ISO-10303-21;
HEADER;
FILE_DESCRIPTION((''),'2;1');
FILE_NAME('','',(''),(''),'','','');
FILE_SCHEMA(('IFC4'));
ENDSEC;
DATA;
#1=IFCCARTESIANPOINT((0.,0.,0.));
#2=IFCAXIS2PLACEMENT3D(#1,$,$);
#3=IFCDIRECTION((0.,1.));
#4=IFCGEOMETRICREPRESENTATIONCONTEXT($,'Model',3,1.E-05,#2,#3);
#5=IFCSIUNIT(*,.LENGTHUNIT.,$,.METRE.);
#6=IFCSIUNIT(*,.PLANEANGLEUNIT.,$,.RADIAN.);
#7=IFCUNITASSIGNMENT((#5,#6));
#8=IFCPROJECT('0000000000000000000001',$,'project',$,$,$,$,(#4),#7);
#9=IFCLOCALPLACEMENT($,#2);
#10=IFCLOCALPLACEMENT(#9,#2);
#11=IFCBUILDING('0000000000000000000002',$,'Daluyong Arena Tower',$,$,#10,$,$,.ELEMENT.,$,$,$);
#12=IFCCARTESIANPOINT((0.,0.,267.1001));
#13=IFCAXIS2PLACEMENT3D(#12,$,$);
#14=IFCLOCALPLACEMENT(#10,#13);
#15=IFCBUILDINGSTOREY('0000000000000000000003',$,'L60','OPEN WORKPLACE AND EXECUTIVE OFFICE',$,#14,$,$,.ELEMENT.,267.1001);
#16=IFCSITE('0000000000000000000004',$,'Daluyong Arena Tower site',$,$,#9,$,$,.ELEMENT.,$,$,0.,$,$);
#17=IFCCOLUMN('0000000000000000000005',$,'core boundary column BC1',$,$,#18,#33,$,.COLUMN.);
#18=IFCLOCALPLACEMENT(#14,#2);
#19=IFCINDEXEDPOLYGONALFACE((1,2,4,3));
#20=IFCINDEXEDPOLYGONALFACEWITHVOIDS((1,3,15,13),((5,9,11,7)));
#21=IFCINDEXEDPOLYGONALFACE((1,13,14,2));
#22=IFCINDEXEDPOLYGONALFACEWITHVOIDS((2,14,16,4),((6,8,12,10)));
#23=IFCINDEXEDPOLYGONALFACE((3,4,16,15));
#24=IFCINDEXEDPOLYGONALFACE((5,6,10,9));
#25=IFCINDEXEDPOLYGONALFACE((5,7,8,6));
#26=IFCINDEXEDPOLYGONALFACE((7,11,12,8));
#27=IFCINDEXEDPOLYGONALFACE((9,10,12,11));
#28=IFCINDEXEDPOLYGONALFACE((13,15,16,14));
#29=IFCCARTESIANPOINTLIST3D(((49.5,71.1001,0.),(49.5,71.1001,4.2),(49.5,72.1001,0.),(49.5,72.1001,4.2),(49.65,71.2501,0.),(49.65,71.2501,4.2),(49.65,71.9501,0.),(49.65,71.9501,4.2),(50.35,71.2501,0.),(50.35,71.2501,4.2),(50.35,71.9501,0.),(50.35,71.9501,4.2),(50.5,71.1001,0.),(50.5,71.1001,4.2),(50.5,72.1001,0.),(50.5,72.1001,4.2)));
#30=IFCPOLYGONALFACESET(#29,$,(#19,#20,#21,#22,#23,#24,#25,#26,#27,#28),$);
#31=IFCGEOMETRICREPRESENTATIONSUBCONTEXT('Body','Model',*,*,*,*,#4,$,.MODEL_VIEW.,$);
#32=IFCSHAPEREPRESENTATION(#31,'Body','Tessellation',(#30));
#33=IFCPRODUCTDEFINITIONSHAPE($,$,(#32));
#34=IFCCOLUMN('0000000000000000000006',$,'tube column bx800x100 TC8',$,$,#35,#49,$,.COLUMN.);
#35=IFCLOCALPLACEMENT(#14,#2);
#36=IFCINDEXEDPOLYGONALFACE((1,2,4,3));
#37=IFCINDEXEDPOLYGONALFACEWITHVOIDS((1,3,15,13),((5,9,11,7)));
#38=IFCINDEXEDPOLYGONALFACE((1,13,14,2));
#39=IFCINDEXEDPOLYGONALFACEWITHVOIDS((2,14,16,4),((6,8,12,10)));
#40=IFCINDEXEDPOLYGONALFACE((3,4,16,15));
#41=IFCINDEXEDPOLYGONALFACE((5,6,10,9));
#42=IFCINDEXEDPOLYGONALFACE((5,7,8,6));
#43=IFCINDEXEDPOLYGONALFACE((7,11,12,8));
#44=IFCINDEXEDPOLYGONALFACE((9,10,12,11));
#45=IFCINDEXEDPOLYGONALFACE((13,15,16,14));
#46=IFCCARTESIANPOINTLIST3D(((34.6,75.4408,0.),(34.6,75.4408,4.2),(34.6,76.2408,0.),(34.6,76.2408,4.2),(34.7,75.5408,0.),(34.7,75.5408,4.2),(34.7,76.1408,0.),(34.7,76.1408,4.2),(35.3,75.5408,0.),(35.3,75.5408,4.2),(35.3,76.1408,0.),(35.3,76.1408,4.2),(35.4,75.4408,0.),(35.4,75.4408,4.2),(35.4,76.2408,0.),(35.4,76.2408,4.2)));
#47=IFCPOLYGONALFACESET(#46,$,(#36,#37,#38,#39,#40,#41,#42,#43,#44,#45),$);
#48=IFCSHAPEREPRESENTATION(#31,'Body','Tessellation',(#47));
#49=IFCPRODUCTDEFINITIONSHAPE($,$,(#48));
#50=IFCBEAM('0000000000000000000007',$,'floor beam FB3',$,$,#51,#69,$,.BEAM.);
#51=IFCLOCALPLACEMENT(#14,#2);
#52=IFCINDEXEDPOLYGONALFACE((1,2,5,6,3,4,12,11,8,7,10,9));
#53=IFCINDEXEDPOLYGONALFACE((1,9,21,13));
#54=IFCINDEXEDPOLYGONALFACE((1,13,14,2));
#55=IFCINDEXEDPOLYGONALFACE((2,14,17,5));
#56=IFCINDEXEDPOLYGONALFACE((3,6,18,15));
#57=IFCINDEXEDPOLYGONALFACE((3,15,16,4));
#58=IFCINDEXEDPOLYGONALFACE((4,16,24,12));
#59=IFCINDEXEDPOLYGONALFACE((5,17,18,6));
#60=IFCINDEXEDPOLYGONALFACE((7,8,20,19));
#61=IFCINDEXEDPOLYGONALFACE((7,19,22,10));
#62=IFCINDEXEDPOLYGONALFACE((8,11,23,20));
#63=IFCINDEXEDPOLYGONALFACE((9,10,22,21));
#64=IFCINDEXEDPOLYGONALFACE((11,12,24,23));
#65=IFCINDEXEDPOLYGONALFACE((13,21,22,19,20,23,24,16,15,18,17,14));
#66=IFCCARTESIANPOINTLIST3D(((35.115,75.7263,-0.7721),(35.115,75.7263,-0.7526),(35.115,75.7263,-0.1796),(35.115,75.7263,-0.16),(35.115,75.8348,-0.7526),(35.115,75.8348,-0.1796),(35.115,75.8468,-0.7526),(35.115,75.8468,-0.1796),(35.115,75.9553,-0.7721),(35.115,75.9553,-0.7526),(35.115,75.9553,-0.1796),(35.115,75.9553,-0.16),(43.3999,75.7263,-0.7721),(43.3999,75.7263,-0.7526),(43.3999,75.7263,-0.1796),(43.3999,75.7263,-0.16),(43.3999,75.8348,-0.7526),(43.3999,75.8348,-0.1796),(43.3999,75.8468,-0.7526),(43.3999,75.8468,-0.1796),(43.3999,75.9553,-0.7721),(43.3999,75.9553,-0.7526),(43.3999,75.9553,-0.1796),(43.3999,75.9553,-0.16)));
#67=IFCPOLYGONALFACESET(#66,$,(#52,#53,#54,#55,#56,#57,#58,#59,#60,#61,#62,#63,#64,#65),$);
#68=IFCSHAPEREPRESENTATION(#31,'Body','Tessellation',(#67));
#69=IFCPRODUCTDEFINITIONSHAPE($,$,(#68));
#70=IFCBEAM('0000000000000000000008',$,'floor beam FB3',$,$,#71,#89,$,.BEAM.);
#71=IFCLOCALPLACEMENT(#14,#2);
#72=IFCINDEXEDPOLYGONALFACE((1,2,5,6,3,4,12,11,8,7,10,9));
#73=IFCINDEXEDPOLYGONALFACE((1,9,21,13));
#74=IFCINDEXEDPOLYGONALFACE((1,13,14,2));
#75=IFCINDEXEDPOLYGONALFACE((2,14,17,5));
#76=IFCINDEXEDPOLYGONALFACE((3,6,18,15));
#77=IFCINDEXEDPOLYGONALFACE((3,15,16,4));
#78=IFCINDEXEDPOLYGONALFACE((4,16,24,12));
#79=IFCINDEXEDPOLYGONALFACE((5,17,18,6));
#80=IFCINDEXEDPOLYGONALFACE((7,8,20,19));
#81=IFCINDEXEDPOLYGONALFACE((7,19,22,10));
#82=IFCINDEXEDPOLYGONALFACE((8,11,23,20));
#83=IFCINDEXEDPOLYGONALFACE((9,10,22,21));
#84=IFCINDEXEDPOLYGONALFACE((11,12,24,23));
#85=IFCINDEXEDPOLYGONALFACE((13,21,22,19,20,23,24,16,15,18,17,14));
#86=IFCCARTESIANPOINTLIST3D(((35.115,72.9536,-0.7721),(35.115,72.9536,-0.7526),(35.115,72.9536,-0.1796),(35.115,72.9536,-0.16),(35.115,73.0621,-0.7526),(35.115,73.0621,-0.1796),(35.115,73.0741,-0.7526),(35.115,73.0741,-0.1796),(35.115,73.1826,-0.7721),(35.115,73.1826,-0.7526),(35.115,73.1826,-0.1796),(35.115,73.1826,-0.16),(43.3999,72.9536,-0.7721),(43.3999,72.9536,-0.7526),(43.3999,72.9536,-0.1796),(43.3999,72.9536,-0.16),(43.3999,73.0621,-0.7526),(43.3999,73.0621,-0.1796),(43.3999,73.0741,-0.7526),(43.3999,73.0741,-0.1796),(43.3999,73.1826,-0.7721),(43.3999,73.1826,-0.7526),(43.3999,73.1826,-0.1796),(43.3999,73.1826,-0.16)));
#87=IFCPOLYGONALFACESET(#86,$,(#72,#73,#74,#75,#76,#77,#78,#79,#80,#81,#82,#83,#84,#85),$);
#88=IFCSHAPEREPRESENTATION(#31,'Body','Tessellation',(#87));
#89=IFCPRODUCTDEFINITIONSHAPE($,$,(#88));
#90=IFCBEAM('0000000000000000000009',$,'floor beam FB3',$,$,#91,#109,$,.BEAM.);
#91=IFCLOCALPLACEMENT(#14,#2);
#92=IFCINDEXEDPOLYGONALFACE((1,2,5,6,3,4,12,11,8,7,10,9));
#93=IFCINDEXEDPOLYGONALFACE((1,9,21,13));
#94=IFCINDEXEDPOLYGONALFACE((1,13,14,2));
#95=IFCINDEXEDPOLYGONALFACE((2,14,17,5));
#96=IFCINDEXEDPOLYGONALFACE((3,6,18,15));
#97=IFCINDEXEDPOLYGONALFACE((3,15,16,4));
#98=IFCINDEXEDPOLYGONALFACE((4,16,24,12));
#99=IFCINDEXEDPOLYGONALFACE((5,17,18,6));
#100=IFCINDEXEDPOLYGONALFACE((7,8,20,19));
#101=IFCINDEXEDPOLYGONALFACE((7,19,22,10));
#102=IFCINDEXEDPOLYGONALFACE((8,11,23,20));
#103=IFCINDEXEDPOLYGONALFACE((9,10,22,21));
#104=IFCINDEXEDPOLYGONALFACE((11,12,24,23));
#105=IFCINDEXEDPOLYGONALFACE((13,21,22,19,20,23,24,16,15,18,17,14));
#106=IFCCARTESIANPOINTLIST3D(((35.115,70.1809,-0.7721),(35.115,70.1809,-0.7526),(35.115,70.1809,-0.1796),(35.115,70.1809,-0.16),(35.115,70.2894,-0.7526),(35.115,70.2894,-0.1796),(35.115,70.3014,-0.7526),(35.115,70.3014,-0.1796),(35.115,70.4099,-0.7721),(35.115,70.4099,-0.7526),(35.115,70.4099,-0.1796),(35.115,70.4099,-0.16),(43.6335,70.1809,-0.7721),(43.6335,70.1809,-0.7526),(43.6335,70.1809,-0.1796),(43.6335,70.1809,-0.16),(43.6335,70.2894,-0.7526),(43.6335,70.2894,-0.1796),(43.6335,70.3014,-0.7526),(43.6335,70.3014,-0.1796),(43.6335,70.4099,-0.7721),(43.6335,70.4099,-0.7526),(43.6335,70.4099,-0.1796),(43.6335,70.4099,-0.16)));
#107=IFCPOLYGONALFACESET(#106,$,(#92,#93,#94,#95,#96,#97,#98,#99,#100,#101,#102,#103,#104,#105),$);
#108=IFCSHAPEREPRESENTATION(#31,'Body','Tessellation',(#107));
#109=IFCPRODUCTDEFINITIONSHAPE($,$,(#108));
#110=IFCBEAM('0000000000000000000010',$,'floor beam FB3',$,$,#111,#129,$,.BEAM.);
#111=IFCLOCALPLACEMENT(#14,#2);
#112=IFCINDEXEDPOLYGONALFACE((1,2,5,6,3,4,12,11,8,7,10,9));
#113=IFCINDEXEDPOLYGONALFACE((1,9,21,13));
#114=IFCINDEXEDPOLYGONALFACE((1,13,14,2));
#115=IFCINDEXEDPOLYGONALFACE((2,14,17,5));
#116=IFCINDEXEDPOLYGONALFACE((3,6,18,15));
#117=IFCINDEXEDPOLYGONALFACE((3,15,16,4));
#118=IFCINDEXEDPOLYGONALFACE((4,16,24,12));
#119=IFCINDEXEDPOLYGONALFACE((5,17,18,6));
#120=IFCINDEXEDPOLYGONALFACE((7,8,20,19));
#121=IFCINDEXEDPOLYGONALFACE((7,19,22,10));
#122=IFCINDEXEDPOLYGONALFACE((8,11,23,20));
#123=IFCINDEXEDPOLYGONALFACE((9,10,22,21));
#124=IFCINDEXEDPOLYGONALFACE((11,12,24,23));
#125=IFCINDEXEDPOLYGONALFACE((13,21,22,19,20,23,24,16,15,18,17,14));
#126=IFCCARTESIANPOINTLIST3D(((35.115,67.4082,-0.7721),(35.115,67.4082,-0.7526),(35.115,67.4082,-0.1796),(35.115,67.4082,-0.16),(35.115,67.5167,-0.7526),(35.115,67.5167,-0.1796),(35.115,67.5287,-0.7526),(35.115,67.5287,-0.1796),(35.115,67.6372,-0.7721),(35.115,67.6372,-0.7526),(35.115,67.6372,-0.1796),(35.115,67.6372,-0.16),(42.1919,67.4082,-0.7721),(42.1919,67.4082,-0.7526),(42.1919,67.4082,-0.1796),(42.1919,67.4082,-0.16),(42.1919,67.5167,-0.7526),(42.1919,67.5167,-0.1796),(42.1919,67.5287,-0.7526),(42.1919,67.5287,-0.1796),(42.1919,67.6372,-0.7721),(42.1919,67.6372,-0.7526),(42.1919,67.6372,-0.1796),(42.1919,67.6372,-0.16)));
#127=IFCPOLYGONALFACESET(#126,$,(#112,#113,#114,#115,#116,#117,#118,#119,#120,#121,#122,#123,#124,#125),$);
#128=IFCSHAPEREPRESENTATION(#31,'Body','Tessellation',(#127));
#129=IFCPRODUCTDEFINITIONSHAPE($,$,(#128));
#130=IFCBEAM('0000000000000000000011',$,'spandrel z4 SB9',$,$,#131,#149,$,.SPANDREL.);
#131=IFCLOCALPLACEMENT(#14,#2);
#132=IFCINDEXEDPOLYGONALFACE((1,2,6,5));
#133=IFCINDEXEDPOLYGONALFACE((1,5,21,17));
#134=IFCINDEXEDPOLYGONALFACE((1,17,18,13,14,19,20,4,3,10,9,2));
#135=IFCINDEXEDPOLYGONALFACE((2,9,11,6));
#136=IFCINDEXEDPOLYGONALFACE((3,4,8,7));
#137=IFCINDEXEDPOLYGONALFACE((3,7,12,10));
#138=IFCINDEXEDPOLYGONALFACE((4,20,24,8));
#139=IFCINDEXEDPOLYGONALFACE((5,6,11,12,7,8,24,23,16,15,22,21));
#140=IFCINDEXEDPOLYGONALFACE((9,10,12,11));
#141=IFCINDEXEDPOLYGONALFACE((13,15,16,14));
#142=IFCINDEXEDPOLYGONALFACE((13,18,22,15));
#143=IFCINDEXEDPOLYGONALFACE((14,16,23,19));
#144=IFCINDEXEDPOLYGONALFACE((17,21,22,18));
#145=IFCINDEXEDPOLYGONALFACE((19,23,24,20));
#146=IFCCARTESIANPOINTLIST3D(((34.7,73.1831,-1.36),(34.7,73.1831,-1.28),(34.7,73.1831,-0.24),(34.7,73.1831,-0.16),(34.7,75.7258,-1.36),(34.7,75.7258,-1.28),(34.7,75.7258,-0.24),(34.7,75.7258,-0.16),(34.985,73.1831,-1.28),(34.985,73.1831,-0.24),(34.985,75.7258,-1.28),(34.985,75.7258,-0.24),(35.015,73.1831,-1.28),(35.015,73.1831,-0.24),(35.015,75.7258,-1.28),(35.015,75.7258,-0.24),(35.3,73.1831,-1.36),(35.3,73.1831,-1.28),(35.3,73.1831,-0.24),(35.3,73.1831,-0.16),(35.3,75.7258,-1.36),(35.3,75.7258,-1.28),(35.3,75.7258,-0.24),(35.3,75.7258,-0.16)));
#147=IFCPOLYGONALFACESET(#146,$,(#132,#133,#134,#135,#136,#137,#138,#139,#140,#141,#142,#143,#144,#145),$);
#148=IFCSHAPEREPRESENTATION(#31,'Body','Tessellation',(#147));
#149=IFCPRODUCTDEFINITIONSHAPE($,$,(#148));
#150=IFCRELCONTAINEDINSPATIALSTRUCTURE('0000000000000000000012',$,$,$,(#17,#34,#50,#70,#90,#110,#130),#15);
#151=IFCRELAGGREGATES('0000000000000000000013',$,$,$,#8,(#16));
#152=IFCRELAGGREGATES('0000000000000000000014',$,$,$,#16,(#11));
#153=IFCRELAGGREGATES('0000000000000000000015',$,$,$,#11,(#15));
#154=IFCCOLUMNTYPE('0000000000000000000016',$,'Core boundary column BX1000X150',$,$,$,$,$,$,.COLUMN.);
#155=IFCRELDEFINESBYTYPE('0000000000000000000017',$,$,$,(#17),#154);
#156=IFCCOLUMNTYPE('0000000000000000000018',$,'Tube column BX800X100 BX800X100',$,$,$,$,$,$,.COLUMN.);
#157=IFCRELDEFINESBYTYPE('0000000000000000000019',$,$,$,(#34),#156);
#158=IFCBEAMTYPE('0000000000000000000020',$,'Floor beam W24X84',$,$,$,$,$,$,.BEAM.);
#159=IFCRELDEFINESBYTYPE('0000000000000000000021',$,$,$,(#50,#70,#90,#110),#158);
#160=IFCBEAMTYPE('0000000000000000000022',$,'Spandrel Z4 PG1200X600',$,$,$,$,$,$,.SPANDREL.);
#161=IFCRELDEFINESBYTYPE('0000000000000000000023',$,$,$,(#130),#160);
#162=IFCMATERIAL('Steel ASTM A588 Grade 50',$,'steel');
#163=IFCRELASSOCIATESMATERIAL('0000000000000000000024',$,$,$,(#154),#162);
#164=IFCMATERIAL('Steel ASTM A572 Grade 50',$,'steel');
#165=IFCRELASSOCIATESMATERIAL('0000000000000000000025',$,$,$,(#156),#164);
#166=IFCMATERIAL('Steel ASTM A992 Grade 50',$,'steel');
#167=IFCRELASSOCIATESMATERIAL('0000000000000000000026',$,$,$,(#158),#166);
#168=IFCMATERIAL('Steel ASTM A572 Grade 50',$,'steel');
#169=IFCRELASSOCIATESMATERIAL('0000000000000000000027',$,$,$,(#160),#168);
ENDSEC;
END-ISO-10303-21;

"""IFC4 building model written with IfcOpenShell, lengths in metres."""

from ifc_helpers import new_model, si_unit, direction, frame, origin, origin_2d, place, context, subcontext, project, spatial, hollow_rectangle, i_section, extrude, material, material_profile, profile_set, type_object, element, save


model = new_model("IFC4")

# Units and contexts
model_context = context("Model", 3, precision=1e-05, world=origin(), true_north=direction((0.0, 1.0)))
body_context = subcontext(model_context, "Body", "Model", "MODEL_VIEW")
ifc_project = project(units=[si_unit("LENGTHUNIT", "METRE"), si_unit("PLANEANGLEUNIT", "RADIAN")], contexts=[model_context])

# Site, building, storey
site_placement = place(None, origin())
site = spatial("IfcSite", under=ifc_project, at=site_placement, Name="Daluyong Arena Tower site", CompositionType="ELEMENT", RefElevation=0.0)
building_placement = place(site_placement, origin())
building = spatial("IfcBuilding", under=site, at=building_placement, Name="Daluyong Arena Tower", CompositionType="ELEMENT")
storey_placement = place(building_placement, frame((0.0, 0.0, 267.1001)))
storey = spatial("IfcBuildingStorey", under=building, at=storey_placement, Name="L60", Description="OPEN WORKPLACE AND EXECUTIVE OFFICE", CompositionType="ELEMENT", Elevation=267.1001)

# Columns
ifc_material_1 = material(Name="Steel ASTM A588 Grade 50", Category="steel")
ifc_material_profile_1 = material_profile(ifc_material_1, hollow_rectangle(XDim=1.0, YDim=1.0, WallThickness=0.15, at=origin_2d()))
ifc_profile_set_1 = profile_set([ifc_material_profile_1], Name="Steel ASTM A588 Grade 50")
column_type_1 = type_object("IfcColumnType", Name="Core boundary column BX1000X150", PredefinedType="COLUMN", material=ifc_profile_set_1)
column_1_placement = place(storey_placement, frame((50.0, 71.6001, 0.0), z_axis=(0.0, 0.0, 1.0), x_axis=(1.0, 0.0, 0.0)))
element("IfcColumn", 1, at=column_1_placement, inside=storey, type_object=column_type_1, Name="core boundary column BC1", PredefinedType="COLUMN", context=body_context, shape_type="SweptSolid", body=[
    extrude(hollow_rectangle(XDim=1.0, YDim=1.0, WallThickness=0.15, at=origin_2d()), origin(), (0.0, 0.0, 1.0), 4.2),
])
ifc_material_2 = material(Name="Steel ASTM A572 Grade 50", Category="steel")
ifc_material_profile_2 = material_profile(ifc_material_2, hollow_rectangle(XDim=0.8, YDim=0.8, WallThickness=0.1, at=origin_2d()))
ifc_profile_set_2 = profile_set([ifc_material_profile_2], Name="Steel ASTM A572 Grade 50")
column_type_2 = type_object("IfcColumnType", Name="Tube column BX800X100 BX800X100", PredefinedType="COLUMN", material=ifc_profile_set_2)
column_2_placement = place(storey_placement, frame((35.0, 75.8408, 0.0), z_axis=(0.0, 0.0, 1.0), x_axis=(0.0, 1.0, 0.0)))
element("IfcColumn", 2, at=column_2_placement, inside=storey, type_object=column_type_2, Name="tube column bx800x100 TC8", PredefinedType="COLUMN", context=body_context, shape_type="SweptSolid", body=[
    extrude(hollow_rectangle(XDim=0.8, YDim=0.8, WallThickness=0.1, at=origin_2d()), origin(), (0.0, 0.0, 1.0), 4.2),
])

# Beams
ifc_material_3 = material(Name="Steel ASTM A992 Grade 50", Category="steel")
ifc_material_profile_3 = material_profile(ifc_material_3, i_section(OverallWidth=0.229, OverallDepth=0.6121, WebThickness=0.012, FlangeThickness=0.0195, at=origin_2d()))
ifc_profile_set_3 = profile_set([ifc_material_profile_3], Name="Steel ASTM A992 Grade 50")
beam_type_1 = type_object("IfcBeamType", Name="Floor beam W24X84", PredefinedType="BEAM", material=ifc_profile_set_3)
for number, where, z_axis, x_axis, name in (
    (3, (35.115, 75.8408, -0.4661), (1.0, 0.0, 0.0), (0.0, 1.0, 0.0), "floor beam FB3"),
    (4, (35.115, 73.0681, -0.4661), (1.0, 0.0, 0.0), (0.0, 1.0, 0.0), "floor beam FB3"),
):
    element("IfcBeam", number, at=place(storey_placement, frame(where, z_axis=z_axis, x_axis=x_axis)), inside=storey, type_object=beam_type_1, Name=name, PredefinedType="BEAM", context=body_context, shape_type="SweptSolid", body=[
        extrude(i_section(OverallWidth=0.229, OverallDepth=0.6121, WebThickness=0.012, FlangeThickness=0.0195, at=origin_2d()), origin(), (0.0, 0.0, 1.0), 8.2849),
    ])
beam_1_placement = place(storey_placement, frame((35.115, 70.2954, -0.4661), z_axis=(1.0, 0.0, 0.0), x_axis=(0.0, 1.0, 0.0)))
element("IfcBeam", 5, at=beam_1_placement, inside=storey, type_object=beam_type_1, Name="floor beam FB3", PredefinedType="BEAM", context=body_context, shape_type="SweptSolid", body=[
    extrude(i_section(OverallWidth=0.229, OverallDepth=0.6121, WebThickness=0.012, FlangeThickness=0.0195, at=origin_2d()), origin(), (0.0, 0.0, 1.0), 8.5186),
])
beam_2_placement = place(storey_placement, frame((35.115, 67.5227, -0.4661), z_axis=(1.0, 0.0, 0.0), x_axis=(0.0, 1.0, 0.0)))
element("IfcBeam", 6, at=beam_2_placement, inside=storey, type_object=beam_type_1, Name="floor beam FB3", PredefinedType="BEAM", context=body_context, shape_type="SweptSolid", body=[
    extrude(i_section(OverallWidth=0.229, OverallDepth=0.6121, WebThickness=0.012, FlangeThickness=0.0195, at=origin_2d()), origin(), (0.0, 0.0, 1.0), 7.0769),
])
ifc_material_4 = material(Name="Steel ASTM A572 Grade 50", Category="steel")
ifc_material_profile_4 = material_profile(ifc_material_4, i_section(OverallWidth=0.6001, OverallDepth=1.2, WebThickness=0.03, FlangeThickness=0.08, at=origin_2d()))
ifc_profile_set_4 = profile_set([ifc_material_profile_4], Name="Steel ASTM A572 Grade 50")
beam_type_2 = type_object("IfcBeamType", Name="Spandrel Z4 PG1200X600", PredefinedType="SPANDREL", material=ifc_profile_set_4)
beam_3_placement = place(storey_placement, frame((35.0, 75.7258, -0.76), z_axis=(0.0, -1.0, 0.0), x_axis=(1.0, 0.0, 0.0)))
element("IfcBeam", 7, at=beam_3_placement, inside=storey, type_object=beam_type_2, Name="spandrel z4 SB9", PredefinedType="SPANDREL", context=body_context, shape_type="SweptSolid", body=[
    extrude(i_section(OverallWidth=0.6001, OverallDepth=1.2, WebThickness=0.03, FlangeThickness=0.08, at=origin_2d()), origin(), (0.0, 0.0, 1.0), 2.5427),
])

save(model, "model.ifc")
